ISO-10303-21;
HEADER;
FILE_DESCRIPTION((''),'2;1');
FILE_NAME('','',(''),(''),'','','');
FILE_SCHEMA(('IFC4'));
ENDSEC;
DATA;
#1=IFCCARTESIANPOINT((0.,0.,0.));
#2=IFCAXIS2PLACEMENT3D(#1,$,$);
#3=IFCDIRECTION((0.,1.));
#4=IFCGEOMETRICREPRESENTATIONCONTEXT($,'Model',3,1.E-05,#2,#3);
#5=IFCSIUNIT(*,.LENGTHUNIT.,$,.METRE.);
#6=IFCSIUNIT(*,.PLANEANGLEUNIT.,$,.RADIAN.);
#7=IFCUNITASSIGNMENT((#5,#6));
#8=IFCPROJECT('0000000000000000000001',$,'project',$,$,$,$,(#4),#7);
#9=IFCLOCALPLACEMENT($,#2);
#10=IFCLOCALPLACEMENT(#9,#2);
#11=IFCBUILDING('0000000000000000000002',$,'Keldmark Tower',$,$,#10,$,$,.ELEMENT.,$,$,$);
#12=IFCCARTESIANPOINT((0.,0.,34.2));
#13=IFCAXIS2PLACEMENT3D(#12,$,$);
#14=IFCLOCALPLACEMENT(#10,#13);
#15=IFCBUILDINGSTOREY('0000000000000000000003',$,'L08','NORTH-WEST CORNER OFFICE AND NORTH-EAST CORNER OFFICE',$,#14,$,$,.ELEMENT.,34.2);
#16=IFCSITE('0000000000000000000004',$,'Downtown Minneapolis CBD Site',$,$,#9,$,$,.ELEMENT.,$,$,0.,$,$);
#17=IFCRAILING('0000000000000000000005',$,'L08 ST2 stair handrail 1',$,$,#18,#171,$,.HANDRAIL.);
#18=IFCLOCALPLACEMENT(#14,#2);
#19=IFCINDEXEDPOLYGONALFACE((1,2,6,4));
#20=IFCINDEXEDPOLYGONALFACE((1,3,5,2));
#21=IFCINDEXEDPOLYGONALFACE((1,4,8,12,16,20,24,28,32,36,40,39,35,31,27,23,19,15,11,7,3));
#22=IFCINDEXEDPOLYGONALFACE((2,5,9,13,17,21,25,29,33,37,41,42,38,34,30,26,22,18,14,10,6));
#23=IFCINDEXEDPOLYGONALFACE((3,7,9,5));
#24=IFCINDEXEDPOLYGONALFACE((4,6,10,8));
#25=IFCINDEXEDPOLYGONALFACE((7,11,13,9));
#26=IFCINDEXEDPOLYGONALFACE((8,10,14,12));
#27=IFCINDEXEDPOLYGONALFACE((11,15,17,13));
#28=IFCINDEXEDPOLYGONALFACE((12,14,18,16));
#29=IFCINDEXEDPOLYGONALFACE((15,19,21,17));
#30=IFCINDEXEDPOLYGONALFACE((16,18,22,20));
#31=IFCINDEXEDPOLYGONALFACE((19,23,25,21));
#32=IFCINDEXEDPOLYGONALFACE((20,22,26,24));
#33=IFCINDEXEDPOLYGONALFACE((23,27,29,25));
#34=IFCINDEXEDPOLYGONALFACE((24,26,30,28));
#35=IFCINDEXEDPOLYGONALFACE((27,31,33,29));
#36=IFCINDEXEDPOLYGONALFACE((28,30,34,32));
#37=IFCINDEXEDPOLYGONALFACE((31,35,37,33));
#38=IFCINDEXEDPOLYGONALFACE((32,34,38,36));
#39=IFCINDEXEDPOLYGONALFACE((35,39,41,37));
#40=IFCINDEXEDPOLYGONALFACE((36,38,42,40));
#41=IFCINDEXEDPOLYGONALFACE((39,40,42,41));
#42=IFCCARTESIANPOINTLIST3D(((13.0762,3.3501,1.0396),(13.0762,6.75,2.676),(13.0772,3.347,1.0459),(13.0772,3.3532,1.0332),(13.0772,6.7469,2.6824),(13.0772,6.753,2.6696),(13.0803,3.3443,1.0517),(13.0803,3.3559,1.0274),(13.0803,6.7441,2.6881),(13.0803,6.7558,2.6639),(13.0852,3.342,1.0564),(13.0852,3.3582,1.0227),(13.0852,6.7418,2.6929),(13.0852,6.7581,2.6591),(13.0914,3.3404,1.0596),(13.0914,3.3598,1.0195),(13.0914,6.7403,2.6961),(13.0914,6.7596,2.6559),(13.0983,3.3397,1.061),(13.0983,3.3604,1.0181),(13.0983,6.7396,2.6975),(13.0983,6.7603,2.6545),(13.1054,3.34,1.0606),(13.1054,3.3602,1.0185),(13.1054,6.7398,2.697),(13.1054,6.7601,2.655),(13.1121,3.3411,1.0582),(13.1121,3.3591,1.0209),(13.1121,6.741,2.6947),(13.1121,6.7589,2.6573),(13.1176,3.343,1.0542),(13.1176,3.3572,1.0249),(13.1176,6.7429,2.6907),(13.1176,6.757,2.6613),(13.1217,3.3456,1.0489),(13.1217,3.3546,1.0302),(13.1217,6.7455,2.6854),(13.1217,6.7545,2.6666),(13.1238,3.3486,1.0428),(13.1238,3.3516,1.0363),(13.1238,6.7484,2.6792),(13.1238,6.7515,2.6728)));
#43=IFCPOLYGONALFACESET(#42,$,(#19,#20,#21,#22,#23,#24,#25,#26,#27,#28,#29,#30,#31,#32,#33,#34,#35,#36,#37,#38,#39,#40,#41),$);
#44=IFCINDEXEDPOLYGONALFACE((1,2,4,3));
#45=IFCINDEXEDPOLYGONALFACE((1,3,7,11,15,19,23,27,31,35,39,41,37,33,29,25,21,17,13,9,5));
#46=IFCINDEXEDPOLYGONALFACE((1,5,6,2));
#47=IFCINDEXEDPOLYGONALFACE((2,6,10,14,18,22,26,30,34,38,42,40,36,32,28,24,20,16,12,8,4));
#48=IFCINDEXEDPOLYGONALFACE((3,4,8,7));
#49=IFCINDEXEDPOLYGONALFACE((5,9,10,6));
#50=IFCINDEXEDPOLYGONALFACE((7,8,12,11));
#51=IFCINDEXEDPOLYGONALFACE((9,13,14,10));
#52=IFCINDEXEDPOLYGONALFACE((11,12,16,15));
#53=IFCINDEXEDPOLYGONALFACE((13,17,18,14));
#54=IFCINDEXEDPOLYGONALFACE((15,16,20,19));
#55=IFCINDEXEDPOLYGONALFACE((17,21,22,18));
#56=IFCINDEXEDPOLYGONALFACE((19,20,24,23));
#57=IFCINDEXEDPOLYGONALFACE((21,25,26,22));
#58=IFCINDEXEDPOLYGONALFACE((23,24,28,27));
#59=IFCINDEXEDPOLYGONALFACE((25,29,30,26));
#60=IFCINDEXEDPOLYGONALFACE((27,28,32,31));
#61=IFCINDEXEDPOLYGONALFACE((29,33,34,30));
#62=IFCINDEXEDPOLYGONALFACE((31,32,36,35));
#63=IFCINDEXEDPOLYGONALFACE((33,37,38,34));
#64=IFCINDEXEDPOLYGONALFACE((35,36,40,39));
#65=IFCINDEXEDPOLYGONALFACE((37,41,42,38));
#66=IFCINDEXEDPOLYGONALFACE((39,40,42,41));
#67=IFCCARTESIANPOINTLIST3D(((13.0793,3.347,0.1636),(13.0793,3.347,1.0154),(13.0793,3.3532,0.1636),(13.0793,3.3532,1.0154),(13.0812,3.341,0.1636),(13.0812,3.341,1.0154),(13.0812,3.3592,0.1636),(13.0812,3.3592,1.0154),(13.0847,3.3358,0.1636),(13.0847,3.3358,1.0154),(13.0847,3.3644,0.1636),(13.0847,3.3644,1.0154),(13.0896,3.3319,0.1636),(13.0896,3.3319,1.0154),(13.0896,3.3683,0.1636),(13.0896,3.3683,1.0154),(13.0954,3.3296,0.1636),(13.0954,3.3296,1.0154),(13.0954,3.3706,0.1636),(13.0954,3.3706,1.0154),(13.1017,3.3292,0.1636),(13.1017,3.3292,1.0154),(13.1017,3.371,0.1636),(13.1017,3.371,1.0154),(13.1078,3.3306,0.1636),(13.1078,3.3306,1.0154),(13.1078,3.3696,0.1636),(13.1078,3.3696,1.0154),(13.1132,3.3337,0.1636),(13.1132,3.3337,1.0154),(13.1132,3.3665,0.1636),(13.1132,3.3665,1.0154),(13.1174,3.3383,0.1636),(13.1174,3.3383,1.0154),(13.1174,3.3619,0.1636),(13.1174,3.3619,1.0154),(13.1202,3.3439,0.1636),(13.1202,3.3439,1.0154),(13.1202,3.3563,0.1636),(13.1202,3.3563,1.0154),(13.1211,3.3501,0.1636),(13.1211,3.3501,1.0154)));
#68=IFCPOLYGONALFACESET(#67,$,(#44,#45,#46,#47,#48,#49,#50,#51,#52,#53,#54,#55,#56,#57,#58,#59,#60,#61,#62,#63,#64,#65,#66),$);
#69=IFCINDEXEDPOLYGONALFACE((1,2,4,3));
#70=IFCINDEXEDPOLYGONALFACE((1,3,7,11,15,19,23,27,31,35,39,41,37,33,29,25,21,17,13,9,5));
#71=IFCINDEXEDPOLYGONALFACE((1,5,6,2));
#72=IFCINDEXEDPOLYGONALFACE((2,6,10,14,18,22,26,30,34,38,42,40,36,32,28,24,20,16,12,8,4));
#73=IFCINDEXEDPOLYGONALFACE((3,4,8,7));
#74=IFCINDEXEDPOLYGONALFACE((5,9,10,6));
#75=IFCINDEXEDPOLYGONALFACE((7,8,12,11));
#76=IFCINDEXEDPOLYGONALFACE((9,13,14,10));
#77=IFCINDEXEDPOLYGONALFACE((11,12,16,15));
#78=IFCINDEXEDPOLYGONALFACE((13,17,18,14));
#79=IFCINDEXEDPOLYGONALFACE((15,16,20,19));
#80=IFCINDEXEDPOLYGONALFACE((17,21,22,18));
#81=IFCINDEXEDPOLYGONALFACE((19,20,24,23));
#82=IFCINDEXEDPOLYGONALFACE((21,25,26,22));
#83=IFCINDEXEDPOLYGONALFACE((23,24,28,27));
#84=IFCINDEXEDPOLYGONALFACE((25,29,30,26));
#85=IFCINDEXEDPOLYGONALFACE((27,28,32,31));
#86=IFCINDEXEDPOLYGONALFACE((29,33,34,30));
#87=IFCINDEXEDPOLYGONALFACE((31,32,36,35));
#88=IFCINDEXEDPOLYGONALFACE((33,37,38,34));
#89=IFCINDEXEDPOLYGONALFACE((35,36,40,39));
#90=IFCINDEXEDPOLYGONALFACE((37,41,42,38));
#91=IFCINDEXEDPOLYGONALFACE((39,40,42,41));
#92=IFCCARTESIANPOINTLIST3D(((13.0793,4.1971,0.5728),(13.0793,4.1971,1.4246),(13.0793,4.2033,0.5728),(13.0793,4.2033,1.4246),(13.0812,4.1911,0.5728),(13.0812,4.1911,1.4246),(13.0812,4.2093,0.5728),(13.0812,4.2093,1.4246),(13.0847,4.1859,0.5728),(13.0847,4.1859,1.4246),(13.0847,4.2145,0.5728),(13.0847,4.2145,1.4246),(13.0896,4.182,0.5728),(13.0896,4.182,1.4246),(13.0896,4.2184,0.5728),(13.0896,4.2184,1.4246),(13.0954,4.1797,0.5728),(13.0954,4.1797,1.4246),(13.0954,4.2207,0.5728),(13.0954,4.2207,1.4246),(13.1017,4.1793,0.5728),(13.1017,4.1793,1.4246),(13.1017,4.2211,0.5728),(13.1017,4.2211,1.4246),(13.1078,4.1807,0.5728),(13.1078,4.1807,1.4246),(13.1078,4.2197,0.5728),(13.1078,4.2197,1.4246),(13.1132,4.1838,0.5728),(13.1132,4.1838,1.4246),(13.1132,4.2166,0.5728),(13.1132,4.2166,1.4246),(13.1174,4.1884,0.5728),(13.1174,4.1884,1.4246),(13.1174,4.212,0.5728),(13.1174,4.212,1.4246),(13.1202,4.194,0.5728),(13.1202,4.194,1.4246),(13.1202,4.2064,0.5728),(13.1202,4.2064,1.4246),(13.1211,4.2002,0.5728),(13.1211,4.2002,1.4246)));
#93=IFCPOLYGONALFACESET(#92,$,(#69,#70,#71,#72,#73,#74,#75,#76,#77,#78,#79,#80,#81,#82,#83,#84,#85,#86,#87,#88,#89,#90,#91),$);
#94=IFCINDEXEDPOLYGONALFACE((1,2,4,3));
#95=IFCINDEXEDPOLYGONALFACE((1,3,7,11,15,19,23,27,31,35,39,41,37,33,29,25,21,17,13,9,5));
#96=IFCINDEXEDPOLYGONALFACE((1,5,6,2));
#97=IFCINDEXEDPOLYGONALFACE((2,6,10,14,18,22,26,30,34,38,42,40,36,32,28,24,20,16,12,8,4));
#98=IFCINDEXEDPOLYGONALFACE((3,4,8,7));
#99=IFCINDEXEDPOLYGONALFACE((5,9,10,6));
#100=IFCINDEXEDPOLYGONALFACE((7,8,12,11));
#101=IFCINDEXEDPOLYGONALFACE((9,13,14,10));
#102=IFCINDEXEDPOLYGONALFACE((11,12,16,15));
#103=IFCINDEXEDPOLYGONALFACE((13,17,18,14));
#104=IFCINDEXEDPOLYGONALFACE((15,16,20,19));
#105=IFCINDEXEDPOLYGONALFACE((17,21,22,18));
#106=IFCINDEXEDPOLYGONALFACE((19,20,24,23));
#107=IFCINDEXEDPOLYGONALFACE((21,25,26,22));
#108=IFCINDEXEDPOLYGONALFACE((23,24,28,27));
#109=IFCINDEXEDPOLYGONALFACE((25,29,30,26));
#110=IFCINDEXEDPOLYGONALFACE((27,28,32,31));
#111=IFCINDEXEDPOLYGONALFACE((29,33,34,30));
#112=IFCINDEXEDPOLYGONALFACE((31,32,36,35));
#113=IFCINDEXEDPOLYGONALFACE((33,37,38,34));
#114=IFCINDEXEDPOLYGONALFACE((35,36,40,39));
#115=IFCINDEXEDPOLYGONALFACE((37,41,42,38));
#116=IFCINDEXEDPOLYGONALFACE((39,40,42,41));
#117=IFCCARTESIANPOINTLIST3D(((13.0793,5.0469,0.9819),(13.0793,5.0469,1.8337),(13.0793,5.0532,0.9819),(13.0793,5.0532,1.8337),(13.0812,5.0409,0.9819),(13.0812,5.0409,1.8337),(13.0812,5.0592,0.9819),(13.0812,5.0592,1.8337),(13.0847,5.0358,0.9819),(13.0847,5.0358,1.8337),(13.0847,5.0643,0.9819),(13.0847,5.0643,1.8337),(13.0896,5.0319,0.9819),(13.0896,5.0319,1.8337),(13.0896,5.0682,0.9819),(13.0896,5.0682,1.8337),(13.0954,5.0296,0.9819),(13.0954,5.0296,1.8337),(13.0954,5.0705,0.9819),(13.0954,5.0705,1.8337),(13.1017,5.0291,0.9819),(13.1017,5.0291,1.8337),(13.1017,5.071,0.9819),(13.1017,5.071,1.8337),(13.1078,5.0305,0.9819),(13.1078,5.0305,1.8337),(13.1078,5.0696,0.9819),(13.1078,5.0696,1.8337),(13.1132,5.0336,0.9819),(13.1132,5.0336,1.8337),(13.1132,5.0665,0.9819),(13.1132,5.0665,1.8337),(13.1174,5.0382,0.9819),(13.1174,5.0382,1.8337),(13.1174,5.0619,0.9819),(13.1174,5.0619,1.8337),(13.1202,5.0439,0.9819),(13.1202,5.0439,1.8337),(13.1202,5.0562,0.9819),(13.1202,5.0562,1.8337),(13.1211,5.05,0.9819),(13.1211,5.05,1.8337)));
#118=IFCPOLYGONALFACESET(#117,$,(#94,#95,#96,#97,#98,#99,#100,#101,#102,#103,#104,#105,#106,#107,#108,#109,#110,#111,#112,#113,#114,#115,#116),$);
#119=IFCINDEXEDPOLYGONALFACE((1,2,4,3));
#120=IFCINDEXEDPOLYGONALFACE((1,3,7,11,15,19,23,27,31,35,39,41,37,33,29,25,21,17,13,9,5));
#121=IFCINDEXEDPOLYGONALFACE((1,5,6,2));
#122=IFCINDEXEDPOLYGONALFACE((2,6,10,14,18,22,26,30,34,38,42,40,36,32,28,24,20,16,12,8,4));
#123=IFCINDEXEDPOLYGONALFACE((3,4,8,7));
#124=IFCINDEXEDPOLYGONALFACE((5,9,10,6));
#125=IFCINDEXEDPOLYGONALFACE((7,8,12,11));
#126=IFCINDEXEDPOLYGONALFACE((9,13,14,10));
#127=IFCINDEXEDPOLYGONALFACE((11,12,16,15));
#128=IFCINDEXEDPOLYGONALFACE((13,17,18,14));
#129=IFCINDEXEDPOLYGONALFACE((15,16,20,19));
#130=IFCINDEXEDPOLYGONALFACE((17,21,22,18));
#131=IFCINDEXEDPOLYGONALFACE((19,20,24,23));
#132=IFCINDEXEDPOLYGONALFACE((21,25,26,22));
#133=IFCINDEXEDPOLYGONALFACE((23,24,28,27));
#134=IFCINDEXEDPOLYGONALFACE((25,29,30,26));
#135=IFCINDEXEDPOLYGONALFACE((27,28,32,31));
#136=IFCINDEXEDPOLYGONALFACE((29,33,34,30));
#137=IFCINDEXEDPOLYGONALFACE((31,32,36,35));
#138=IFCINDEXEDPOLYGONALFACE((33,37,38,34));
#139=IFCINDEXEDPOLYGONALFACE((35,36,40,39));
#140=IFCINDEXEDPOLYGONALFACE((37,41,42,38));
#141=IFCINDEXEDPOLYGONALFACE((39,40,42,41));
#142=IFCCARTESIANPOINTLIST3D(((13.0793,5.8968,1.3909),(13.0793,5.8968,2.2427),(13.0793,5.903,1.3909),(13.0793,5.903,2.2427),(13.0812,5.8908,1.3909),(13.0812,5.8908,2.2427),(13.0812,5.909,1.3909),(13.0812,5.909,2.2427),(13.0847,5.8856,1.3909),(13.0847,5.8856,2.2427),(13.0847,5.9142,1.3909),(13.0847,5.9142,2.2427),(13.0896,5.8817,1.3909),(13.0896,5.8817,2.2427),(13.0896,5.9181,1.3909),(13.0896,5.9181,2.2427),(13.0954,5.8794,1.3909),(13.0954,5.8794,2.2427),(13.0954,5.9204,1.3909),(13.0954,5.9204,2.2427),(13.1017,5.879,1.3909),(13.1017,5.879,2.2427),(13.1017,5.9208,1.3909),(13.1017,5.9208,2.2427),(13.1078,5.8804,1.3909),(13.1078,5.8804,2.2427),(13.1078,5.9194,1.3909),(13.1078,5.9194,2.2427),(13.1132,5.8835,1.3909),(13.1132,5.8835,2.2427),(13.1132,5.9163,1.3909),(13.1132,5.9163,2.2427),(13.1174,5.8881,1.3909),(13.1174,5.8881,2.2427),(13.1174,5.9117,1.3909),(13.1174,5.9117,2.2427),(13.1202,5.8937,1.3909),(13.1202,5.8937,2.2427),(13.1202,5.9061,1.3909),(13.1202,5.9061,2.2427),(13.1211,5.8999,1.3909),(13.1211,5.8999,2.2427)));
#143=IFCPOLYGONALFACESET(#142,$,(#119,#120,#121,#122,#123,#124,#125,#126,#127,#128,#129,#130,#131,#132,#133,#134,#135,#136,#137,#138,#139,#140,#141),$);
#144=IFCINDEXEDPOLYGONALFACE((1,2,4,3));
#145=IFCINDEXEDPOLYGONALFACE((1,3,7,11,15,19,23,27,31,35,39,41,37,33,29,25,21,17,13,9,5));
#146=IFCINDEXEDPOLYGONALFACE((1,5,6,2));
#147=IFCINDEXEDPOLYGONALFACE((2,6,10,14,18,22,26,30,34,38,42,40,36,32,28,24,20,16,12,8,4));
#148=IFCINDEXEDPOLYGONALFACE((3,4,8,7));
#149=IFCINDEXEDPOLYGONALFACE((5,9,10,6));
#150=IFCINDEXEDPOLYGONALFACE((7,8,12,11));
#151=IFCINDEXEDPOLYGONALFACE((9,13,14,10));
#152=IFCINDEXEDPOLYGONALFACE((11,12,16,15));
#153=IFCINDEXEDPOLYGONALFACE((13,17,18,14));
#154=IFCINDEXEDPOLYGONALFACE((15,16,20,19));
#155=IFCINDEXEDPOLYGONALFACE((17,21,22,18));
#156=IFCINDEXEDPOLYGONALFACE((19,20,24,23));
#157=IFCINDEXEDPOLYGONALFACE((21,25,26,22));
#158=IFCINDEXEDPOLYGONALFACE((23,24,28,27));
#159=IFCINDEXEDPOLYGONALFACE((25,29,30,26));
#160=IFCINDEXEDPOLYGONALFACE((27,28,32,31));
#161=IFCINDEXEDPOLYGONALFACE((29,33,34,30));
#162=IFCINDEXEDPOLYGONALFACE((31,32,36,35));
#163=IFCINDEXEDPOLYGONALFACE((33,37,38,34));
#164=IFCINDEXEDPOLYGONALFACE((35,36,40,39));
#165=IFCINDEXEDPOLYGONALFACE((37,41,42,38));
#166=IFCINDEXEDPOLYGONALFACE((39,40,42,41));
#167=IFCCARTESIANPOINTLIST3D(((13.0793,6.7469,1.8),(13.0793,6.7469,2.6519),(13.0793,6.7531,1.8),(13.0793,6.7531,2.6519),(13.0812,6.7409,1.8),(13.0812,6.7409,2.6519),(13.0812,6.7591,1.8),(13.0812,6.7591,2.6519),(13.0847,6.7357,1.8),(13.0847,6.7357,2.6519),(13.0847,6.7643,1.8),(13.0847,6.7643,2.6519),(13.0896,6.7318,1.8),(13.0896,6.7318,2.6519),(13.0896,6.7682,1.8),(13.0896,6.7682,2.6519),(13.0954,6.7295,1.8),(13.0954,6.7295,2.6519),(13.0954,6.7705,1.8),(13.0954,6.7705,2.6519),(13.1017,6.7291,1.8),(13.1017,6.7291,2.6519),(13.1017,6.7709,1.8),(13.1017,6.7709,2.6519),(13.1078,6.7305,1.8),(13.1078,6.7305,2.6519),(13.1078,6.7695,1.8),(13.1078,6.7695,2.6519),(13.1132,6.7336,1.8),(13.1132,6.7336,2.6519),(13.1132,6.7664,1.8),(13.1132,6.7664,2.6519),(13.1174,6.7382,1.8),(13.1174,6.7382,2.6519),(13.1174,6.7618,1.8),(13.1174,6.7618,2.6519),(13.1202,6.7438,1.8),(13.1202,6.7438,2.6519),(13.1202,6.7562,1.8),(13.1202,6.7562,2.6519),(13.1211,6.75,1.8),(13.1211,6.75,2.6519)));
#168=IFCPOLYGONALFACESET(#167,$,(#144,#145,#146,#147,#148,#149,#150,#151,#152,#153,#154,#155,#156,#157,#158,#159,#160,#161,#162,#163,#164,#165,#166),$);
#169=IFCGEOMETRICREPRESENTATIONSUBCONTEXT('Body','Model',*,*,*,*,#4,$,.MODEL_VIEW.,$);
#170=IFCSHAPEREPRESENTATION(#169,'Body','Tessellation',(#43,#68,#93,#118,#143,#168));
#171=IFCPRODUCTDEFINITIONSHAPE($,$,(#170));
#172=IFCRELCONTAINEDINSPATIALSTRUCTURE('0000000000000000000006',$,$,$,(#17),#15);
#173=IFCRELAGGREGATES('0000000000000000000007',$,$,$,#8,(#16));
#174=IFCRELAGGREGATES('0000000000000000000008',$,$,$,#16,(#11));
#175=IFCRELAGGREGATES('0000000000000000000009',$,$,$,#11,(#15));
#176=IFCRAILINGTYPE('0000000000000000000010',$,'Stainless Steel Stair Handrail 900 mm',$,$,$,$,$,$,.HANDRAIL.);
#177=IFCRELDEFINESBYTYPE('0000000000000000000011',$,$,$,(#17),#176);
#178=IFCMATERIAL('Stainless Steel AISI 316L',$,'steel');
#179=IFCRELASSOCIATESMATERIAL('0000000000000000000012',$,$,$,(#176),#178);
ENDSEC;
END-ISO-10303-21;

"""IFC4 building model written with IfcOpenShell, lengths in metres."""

from ifc_helpers import new_model, si_unit, direction, frame, origin, origin_2d, place, context, subcontext, project, spatial, circle, extrude, material, type_object, element, save


model = new_model("IFC4")

# Units and contexts
model_context = context("Model", 3, precision=1e-05, world=origin(), true_north=direction((0.0, 1.0)))
body_context = subcontext(model_context, "Body", "Model", "MODEL_VIEW")
ifc_project = project(units=[si_unit("LENGTHUNIT", "METRE"), si_unit("PLANEANGLEUNIT", "RADIAN")], contexts=[model_context])

# Site, building, storey
site_placement = place(None, origin())
site = spatial("IfcSite", under=ifc_project, at=site_placement, Name="Downtown Minneapolis CBD Site", CompositionType="ELEMENT", RefElevation=0.0)
building_placement = place(site_placement, origin())
building = spatial("IfcBuilding", under=site, at=building_placement, Name="Keldmark Tower", CompositionType="ELEMENT")
storey_placement = place(building_placement, frame((0.0, 0.0, 34.2)))
storey = spatial("IfcBuildingStorey", under=building, at=storey_placement, Name="L08", Description="NORTH-WEST CORNER OFFICE AND NORTH-EAST CORNER OFFICE", CompositionType="ELEMENT", Elevation=34.2)

# Railing
ifc_material_1 = material(Name="Stainless Steel AISI 316L", Category="steel")
railing_type_1 = type_object("IfcRailingType", Name="Stainless Steel Stair Handrail 900 mm", PredefinedType="HANDRAIL", material=ifc_material_1)
railing_1_placement = place(storey_placement, frame((13.1001, 3.3501, 0.1636)))
element("IfcRailing", 1, at=railing_1_placement, inside=storey, type_object=railing_type_1, Name="L08 ST2 stair handrail 1", PredefinedType="HANDRAIL", context=body_context, shape_type="SweptSolid", body=[
    extrude(circle(Radius=0.0239, at=origin_2d()), frame((0.0, 0.0, 0.876), z_axis=(0.0, 0.901055, 0.433705), x_axis=(-1.0, 0.0, 0.0)), (0.0, 0.0, 1.0), 3.7732),
    extrude(circle(Radius=0.021, at=origin_2d()), origin(), (0.0, 0.0, 1.0), 0.8518),
    extrude(circle(Radius=0.021, at=origin_2d()), frame((0.0, 0.8501, 0.4092)), (0.0, 0.0, 1.0), 0.8518),
    extrude(circle(Radius=0.021, at=origin_2d()), frame((0.0, 1.7, 0.8184)), (0.0, 0.0, 1.0), 0.8518),
    extrude(circle(Radius=0.021, at=origin_2d()), frame((0.0, 2.5498, 1.2273)), (0.0, 0.0, 1.0), 0.8518),
    extrude(circle(Radius=0.021, at=origin_2d()), frame((0.0, 3.3999, 1.6365)), (0.0, 0.0, 1.0), 0.8518),
])

save(model, "model.ifc")
